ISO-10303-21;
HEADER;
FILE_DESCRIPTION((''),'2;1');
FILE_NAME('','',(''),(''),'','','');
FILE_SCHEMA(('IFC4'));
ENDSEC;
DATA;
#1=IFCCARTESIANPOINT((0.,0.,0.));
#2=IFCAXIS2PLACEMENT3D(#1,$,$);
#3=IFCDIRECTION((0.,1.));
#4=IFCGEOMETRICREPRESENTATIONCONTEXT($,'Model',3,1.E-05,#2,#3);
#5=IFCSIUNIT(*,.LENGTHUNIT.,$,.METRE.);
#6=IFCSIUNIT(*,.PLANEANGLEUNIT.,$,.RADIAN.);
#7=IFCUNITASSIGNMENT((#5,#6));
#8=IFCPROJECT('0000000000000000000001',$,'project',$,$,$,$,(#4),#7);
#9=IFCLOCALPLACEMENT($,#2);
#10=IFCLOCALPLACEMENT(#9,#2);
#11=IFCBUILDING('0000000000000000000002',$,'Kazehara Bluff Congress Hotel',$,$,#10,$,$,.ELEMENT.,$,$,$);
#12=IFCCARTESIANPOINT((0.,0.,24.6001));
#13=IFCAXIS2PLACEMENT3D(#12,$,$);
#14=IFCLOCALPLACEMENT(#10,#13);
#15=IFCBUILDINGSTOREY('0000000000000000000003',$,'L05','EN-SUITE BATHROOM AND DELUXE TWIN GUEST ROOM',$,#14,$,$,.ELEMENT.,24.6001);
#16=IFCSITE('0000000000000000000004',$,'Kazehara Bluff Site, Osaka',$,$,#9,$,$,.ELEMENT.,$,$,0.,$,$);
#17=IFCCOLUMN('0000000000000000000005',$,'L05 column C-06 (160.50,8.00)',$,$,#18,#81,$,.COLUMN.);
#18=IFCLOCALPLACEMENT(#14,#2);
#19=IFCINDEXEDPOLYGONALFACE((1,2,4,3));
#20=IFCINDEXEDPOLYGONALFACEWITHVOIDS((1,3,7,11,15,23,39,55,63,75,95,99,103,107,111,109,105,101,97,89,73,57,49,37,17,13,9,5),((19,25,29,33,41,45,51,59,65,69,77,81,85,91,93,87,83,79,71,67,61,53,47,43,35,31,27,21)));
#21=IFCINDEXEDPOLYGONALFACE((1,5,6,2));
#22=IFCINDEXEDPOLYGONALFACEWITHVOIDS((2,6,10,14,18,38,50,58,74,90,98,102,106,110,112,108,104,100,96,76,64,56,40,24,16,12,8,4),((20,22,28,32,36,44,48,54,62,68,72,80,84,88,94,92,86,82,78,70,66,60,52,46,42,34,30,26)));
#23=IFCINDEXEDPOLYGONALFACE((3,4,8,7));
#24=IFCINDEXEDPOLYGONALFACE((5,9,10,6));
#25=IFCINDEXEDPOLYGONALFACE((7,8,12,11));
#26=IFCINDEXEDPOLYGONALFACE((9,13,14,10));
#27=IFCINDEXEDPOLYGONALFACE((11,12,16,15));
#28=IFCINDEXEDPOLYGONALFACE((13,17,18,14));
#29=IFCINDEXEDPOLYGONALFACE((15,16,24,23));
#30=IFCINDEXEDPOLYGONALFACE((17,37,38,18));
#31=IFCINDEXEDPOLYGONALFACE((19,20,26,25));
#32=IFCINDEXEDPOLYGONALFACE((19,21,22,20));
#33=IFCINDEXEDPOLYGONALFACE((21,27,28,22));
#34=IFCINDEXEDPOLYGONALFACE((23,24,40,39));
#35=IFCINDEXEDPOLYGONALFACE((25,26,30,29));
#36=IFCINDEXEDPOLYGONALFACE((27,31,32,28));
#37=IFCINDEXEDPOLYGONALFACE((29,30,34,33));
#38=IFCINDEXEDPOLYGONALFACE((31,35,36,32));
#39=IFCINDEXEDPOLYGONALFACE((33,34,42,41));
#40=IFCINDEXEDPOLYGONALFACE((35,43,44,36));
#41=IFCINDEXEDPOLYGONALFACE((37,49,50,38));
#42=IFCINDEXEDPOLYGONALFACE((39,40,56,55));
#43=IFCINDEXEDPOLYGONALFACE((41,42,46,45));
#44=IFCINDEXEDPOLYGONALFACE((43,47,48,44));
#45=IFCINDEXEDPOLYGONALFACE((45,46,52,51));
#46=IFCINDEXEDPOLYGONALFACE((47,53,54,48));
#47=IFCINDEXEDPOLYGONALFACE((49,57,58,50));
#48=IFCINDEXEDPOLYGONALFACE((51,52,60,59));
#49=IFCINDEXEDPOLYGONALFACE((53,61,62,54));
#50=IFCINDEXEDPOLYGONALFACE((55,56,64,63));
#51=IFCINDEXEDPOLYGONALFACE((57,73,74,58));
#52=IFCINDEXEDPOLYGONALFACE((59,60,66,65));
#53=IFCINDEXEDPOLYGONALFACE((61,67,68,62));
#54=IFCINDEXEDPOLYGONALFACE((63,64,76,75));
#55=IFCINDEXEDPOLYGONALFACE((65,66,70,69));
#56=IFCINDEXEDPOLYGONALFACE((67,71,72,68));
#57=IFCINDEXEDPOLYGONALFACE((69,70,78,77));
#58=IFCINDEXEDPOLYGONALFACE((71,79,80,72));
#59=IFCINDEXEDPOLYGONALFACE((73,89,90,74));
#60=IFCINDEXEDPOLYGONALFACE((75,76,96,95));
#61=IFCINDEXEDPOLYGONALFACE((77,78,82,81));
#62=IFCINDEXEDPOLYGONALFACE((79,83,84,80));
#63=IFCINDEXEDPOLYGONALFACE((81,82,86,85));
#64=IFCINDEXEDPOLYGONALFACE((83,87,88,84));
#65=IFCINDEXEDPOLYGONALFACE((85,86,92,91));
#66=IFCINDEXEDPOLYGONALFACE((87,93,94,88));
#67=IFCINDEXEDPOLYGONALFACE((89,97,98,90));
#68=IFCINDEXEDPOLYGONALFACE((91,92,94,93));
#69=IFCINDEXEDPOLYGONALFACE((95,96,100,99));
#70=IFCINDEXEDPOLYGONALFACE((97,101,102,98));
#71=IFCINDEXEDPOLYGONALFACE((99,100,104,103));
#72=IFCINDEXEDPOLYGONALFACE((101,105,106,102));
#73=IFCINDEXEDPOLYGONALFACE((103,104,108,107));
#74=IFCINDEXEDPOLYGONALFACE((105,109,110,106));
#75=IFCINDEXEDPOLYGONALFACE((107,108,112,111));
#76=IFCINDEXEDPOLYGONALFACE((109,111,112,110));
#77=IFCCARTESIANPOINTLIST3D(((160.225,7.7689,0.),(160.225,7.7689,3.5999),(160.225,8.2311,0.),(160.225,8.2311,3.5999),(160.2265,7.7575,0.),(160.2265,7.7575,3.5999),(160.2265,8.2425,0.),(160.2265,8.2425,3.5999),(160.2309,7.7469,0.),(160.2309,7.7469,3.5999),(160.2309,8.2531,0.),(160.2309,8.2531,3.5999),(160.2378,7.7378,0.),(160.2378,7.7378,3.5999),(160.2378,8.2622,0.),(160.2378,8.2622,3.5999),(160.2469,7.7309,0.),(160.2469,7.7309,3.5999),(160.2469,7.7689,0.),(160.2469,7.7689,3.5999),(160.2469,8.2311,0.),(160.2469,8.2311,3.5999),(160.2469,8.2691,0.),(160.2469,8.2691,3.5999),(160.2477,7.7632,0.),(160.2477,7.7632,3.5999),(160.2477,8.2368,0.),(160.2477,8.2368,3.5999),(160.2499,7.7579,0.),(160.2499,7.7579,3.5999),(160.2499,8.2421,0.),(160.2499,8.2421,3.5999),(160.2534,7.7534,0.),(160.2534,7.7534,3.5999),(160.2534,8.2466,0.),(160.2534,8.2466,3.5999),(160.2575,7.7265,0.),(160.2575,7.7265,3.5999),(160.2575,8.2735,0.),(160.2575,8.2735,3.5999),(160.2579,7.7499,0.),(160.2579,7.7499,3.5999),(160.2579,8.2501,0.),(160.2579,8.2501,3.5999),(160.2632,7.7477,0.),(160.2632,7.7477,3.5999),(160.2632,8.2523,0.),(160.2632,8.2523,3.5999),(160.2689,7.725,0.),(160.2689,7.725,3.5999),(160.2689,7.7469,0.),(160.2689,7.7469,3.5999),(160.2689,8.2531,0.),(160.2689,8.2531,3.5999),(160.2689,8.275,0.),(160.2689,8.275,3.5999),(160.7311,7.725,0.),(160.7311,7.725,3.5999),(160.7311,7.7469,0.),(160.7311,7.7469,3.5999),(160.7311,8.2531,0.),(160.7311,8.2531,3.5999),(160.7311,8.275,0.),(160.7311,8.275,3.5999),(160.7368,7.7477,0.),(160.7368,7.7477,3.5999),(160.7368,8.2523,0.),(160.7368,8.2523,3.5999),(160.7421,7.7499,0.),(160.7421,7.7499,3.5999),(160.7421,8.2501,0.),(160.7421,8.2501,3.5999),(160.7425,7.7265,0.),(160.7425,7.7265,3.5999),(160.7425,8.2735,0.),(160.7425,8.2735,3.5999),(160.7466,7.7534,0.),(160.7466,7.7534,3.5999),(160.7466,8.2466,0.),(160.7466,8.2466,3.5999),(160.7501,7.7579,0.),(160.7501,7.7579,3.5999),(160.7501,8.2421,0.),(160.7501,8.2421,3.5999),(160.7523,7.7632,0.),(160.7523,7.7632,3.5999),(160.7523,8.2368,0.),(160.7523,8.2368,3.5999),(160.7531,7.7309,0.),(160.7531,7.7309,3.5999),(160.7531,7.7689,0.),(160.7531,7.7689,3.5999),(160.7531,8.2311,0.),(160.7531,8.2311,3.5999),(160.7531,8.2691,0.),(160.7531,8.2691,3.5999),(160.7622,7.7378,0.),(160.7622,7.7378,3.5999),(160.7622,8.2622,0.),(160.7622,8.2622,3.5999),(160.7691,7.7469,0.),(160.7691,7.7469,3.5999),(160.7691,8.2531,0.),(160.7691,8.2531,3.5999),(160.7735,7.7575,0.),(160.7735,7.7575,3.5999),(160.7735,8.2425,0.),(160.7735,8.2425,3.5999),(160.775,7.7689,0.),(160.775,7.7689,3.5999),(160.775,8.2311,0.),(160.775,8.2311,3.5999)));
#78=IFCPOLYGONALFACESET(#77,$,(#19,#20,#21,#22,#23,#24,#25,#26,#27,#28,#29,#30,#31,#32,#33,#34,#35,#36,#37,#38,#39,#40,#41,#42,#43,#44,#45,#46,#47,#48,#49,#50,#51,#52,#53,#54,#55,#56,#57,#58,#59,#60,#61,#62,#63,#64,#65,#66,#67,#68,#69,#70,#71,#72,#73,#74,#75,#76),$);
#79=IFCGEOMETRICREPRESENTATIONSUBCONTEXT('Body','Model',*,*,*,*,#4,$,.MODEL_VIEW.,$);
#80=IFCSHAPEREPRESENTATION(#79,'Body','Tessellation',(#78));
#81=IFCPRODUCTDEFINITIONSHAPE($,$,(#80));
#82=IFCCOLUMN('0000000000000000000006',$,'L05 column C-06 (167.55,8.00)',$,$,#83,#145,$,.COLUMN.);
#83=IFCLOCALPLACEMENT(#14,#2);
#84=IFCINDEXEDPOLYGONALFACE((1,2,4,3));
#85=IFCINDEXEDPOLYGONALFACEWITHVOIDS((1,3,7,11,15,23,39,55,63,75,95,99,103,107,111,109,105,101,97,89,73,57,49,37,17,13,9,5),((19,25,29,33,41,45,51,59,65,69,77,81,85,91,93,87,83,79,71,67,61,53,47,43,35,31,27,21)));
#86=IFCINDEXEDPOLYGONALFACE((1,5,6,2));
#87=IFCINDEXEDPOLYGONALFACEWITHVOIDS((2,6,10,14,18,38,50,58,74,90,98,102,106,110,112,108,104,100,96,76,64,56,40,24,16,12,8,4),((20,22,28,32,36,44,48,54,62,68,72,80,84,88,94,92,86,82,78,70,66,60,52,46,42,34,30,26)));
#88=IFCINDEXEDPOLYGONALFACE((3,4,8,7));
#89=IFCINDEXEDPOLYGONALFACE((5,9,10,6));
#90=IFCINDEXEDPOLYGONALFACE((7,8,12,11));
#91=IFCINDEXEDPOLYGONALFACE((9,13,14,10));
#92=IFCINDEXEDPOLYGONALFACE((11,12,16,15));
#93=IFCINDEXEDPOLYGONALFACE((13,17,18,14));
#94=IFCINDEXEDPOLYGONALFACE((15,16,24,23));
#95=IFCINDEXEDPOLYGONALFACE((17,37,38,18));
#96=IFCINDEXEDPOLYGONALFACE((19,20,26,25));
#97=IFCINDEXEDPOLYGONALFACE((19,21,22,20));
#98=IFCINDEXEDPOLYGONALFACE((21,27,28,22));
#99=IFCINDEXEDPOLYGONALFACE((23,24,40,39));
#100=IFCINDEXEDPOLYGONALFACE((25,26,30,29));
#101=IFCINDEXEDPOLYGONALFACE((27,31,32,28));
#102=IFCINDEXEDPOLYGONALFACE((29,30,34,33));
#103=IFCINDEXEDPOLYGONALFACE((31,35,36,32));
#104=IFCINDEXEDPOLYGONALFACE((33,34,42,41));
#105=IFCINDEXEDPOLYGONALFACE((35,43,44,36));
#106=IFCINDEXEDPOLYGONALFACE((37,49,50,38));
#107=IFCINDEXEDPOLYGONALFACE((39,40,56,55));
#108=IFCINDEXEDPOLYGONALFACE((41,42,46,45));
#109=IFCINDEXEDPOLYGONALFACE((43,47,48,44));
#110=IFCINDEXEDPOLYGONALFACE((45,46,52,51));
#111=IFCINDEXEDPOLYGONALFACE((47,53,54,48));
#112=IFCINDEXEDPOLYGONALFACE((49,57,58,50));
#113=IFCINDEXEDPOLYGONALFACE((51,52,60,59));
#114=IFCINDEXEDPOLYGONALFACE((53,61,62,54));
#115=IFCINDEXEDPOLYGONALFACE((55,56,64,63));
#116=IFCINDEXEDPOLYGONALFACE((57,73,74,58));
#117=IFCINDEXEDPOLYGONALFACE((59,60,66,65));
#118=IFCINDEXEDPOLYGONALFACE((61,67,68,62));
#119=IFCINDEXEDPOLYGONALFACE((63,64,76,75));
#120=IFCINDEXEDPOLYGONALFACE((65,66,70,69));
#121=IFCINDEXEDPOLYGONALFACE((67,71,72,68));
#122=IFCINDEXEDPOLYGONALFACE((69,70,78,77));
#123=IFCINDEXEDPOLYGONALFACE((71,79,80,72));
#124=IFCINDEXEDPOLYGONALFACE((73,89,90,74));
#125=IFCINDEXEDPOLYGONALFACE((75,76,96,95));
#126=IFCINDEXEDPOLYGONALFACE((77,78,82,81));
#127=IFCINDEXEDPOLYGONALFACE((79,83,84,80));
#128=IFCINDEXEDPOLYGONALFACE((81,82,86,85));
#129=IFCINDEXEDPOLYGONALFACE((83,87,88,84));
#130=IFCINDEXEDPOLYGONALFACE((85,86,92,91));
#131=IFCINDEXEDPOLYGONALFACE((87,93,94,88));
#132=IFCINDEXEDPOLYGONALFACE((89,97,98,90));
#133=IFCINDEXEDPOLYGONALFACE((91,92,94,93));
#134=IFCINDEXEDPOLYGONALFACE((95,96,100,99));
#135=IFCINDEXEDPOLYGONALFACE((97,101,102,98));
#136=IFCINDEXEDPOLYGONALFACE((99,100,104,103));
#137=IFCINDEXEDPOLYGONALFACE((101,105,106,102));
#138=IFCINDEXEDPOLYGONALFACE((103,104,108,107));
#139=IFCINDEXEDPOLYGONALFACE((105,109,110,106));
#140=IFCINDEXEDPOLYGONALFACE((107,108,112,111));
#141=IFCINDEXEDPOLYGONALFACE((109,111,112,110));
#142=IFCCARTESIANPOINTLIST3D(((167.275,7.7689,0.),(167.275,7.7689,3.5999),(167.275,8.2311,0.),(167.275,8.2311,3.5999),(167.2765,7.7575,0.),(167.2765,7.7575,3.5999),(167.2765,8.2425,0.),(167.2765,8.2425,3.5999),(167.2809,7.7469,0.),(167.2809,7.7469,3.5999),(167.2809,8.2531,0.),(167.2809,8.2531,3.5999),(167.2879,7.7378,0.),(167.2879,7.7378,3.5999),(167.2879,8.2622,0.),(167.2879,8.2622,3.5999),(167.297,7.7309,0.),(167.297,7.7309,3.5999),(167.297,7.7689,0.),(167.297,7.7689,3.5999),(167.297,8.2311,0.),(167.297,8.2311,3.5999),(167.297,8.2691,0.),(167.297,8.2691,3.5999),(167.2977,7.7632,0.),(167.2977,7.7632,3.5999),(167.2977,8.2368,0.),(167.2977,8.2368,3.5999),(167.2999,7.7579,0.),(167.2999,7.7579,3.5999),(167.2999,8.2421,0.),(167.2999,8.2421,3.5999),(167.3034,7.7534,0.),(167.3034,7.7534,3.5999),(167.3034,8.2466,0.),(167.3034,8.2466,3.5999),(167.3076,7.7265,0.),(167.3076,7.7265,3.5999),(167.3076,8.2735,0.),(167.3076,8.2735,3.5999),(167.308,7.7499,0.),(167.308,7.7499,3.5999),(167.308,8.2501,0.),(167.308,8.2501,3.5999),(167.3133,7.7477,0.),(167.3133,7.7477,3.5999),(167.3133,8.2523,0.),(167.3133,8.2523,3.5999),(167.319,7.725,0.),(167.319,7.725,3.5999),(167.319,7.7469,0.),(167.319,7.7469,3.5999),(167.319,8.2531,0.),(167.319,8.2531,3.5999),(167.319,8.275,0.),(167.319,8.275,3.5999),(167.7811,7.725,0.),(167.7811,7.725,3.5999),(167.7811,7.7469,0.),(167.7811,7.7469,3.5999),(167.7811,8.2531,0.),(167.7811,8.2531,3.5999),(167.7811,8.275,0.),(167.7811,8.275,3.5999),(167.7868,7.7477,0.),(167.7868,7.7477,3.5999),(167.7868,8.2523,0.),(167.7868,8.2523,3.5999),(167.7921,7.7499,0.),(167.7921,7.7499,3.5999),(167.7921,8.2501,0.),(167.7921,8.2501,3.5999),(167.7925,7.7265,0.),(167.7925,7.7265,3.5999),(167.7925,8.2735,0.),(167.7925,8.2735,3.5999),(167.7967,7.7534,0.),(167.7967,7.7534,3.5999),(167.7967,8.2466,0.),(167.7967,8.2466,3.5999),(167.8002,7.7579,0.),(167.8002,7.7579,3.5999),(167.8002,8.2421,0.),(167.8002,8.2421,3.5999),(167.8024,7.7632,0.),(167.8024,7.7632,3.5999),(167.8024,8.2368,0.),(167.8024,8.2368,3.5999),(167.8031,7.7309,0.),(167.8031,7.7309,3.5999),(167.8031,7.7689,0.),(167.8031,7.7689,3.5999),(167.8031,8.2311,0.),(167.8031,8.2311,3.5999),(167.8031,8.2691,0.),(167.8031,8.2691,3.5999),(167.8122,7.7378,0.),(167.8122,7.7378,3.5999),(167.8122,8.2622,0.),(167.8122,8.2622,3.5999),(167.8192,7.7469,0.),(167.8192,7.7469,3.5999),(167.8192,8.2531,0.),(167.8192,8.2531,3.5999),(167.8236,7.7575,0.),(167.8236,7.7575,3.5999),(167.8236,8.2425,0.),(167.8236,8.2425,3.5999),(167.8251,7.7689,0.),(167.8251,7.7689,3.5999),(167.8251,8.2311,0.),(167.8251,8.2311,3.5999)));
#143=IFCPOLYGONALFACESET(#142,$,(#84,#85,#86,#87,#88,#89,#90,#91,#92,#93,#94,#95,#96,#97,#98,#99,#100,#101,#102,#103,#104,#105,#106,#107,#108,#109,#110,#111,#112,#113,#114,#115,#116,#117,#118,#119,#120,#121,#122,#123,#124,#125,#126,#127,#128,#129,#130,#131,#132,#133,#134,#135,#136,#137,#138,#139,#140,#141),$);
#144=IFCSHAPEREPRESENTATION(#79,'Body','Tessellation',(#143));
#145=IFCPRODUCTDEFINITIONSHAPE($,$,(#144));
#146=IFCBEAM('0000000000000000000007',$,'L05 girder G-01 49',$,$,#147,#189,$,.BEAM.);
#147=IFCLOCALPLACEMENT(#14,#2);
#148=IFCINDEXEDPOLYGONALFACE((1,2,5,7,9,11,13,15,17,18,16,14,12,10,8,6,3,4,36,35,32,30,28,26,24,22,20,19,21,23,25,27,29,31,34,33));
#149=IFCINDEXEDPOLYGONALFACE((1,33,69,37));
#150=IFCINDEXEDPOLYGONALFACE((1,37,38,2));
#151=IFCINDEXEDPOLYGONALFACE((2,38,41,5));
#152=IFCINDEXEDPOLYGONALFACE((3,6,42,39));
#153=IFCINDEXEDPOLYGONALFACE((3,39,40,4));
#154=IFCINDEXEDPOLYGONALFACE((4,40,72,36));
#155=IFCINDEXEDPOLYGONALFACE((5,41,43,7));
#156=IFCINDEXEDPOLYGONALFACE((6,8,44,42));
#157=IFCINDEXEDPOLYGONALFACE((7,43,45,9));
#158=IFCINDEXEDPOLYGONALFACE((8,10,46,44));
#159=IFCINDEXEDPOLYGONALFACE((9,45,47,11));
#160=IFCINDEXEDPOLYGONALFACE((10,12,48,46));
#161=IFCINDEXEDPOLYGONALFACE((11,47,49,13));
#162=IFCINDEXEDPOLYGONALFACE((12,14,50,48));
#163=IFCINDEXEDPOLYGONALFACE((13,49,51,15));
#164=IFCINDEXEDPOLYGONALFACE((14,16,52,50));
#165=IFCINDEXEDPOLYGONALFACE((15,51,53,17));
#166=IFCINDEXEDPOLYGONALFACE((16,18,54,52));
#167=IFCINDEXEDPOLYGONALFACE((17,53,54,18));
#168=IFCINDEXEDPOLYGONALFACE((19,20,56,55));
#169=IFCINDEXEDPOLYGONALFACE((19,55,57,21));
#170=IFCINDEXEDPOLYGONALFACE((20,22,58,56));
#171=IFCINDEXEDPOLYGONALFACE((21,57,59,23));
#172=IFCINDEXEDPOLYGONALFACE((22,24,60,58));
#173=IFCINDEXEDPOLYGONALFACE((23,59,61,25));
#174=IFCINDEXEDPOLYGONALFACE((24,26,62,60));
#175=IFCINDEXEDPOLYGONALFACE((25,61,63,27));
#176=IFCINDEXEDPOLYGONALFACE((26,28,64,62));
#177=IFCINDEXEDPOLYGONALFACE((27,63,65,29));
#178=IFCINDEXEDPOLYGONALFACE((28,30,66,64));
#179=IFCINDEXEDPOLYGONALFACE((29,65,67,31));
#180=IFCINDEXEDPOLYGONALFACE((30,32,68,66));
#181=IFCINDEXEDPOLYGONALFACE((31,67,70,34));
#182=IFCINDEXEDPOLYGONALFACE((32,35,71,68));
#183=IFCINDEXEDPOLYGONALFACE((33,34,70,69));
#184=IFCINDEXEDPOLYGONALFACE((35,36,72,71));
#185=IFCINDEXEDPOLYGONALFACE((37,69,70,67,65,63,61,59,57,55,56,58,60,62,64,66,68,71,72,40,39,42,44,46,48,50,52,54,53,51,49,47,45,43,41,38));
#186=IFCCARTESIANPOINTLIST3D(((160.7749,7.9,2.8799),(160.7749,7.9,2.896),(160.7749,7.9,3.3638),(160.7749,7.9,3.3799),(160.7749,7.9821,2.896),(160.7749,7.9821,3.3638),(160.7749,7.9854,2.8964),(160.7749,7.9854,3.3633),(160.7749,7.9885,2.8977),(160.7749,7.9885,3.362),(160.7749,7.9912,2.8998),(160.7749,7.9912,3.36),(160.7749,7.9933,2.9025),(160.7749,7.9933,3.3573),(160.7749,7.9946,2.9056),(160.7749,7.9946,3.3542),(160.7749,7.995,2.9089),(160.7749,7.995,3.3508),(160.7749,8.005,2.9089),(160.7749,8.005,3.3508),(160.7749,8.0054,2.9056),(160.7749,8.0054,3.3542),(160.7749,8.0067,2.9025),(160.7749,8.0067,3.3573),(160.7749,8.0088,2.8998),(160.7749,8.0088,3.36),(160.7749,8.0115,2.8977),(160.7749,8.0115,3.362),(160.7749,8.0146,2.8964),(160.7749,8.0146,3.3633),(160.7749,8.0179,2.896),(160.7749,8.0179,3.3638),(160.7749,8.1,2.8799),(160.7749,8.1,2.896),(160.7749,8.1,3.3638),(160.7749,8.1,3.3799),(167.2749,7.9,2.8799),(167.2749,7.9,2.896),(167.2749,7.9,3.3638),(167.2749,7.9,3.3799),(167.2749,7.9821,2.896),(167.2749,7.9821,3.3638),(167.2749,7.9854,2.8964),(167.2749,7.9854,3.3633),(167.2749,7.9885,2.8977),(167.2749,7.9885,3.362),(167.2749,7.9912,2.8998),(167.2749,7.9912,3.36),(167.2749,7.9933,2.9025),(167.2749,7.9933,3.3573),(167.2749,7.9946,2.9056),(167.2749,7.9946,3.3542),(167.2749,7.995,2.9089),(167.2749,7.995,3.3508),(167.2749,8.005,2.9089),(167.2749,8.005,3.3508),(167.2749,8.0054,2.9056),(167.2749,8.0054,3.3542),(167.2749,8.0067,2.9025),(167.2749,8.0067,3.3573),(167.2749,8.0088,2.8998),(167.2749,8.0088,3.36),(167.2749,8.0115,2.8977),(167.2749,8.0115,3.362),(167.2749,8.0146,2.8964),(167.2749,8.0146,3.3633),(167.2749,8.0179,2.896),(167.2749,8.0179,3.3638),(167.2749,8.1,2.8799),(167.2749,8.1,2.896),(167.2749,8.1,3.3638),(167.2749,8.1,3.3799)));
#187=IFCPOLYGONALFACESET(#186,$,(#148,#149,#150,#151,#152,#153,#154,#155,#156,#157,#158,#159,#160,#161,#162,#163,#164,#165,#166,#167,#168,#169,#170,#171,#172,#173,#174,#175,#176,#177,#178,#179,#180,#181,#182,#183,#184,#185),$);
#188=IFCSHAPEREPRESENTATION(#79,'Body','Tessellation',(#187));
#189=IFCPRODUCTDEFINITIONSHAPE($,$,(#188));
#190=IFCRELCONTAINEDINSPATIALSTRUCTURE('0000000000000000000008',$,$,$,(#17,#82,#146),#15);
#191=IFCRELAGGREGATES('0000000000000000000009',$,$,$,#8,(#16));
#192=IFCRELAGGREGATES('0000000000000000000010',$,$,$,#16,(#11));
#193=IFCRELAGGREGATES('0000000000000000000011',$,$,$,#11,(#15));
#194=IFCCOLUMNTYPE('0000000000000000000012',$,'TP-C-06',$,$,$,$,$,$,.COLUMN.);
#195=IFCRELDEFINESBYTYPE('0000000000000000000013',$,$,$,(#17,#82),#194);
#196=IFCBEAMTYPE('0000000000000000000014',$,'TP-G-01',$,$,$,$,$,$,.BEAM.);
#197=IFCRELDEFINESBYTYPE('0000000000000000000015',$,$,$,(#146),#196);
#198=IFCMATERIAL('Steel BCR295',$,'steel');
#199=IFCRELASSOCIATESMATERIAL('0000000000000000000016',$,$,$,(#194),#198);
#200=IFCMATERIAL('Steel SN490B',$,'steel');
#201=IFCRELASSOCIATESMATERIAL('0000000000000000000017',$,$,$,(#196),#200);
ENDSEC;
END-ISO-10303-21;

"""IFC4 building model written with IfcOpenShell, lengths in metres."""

from ifc_helpers import new_model, si_unit, direction, frame, origin, origin_2d, place, context, subcontext, project, spatial, hollow_rectangle, i_section, extrude, material, material_profile, profile_set, type_object, element, save


model = new_model("IFC4")

# Units and contexts
model_context = context("Model", 3, precision=1e-05, world=origin(), true_north=direction((0.0, 1.0)))
body_context = subcontext(model_context, "Body", "Model", "MODEL_VIEW")
ifc_project = project(units=[si_unit("LENGTHUNIT", "METRE"), si_unit("PLANEANGLEUNIT", "RADIAN")], contexts=[model_context])

# Site, building, storey
site_placement = place(None, origin())
site = spatial("IfcSite", under=ifc_project, at=site_placement, Name="Kazehara Bluff Site, Osaka", CompositionType="ELEMENT", RefElevation=0.0)
building_placement = place(site_placement, origin())
building = spatial("IfcBuilding", under=site, at=building_placement, Name="Kazehara Bluff Congress Hotel", CompositionType="ELEMENT")
storey_placement = place(building_placement, frame((0.0, 0.0, 24.6001)))
storey = spatial("IfcBuildingStorey", under=building, at=storey_placement, Name="L05", Description="EN-SUITE BATHROOM AND DELUXE TWIN GUEST ROOM", CompositionType="ELEMENT", Elevation=24.6001)

# Columns
ifc_material_1 = material(Name="Steel BCR295", Category="steel")
ifc_material_profile_1 = material_profile(ifc_material_1, hollow_rectangle(XDim=0.55, YDim=0.55, WallThickness=0.022, InnerFilletRadius=0.022, OuterFilletRadius=0.0439, at=origin_2d()))
ifc_profile_set_1 = profile_set([ifc_material_profile_1], Name="Steel BCR295")
column_type = type_object("IfcColumnType", Name="TP-C-06", PredefinedType="COLUMN", material=ifc_profile_set_1)
for number, where, z_axis, x_axis, name in (
    (1, (160.5, 8.0, 0.0), (0.0, 0.0, 1.0), (1.0, 0.0, 0.0), "L05 column C-06 (160.50,8.00)"),
    (2, (167.55, 8.0, 0.0), (0.0, 0.0, 1.0), (1.0, 0.0, 0.0), "L05 column C-06 (167.55,8.00)"),
):
    element("IfcColumn", number, at=place(storey_placement, frame(where, z_axis=z_axis, x_axis=x_axis)), inside=storey, type_object=column_type, Name=name, PredefinedType="COLUMN", context=body_context, shape_type="SweptSolid", body=[
        extrude(hollow_rectangle(XDim=0.55, YDim=0.55, WallThickness=0.022, InnerFilletRadius=0.022, OuterFilletRadius=0.0439, at=origin_2d()), origin(), (0.0, 0.0, 1.0), 3.5999),
    ])

# Beam
ifc_material_2 = material(Name="Steel SN490B", Category="steel")
ifc_material_profile_2 = material_profile(ifc_material_2, i_section(OverallWidth=0.2, OverallDepth=0.5, WebThickness=0.01, FlangeThickness=0.0161, FilletRadius=0.0129, at=origin_2d()))
ifc_profile_set_2 = profile_set([ifc_material_profile_2], Name="Steel SN490B")
beam_type_1 = type_object("IfcBeamType", Name="TP-G-01", PredefinedType="BEAM", material=ifc_profile_set_2)
beam_1_placement = place(storey_placement, frame((160.7749, 8.0, 3.1299), z_axis=(1.0, 0.0, 0.0), x_axis=(0.0, 1.0, 0.0)))
element("IfcBeam", 3, at=beam_1_placement, inside=storey, type_object=beam_type_1, Name="L05 girder G-01 49", PredefinedType="BEAM", context=body_context, shape_type="SweptSolid", body=[
    extrude(i_section(OverallWidth=0.2, OverallDepth=0.5, WebThickness=0.01, FlangeThickness=0.0161, FilletRadius=0.0129, at=origin_2d()), origin(), (0.0, 0.0, 1.0), 6.5),
])

save(model, "model.ifc")
